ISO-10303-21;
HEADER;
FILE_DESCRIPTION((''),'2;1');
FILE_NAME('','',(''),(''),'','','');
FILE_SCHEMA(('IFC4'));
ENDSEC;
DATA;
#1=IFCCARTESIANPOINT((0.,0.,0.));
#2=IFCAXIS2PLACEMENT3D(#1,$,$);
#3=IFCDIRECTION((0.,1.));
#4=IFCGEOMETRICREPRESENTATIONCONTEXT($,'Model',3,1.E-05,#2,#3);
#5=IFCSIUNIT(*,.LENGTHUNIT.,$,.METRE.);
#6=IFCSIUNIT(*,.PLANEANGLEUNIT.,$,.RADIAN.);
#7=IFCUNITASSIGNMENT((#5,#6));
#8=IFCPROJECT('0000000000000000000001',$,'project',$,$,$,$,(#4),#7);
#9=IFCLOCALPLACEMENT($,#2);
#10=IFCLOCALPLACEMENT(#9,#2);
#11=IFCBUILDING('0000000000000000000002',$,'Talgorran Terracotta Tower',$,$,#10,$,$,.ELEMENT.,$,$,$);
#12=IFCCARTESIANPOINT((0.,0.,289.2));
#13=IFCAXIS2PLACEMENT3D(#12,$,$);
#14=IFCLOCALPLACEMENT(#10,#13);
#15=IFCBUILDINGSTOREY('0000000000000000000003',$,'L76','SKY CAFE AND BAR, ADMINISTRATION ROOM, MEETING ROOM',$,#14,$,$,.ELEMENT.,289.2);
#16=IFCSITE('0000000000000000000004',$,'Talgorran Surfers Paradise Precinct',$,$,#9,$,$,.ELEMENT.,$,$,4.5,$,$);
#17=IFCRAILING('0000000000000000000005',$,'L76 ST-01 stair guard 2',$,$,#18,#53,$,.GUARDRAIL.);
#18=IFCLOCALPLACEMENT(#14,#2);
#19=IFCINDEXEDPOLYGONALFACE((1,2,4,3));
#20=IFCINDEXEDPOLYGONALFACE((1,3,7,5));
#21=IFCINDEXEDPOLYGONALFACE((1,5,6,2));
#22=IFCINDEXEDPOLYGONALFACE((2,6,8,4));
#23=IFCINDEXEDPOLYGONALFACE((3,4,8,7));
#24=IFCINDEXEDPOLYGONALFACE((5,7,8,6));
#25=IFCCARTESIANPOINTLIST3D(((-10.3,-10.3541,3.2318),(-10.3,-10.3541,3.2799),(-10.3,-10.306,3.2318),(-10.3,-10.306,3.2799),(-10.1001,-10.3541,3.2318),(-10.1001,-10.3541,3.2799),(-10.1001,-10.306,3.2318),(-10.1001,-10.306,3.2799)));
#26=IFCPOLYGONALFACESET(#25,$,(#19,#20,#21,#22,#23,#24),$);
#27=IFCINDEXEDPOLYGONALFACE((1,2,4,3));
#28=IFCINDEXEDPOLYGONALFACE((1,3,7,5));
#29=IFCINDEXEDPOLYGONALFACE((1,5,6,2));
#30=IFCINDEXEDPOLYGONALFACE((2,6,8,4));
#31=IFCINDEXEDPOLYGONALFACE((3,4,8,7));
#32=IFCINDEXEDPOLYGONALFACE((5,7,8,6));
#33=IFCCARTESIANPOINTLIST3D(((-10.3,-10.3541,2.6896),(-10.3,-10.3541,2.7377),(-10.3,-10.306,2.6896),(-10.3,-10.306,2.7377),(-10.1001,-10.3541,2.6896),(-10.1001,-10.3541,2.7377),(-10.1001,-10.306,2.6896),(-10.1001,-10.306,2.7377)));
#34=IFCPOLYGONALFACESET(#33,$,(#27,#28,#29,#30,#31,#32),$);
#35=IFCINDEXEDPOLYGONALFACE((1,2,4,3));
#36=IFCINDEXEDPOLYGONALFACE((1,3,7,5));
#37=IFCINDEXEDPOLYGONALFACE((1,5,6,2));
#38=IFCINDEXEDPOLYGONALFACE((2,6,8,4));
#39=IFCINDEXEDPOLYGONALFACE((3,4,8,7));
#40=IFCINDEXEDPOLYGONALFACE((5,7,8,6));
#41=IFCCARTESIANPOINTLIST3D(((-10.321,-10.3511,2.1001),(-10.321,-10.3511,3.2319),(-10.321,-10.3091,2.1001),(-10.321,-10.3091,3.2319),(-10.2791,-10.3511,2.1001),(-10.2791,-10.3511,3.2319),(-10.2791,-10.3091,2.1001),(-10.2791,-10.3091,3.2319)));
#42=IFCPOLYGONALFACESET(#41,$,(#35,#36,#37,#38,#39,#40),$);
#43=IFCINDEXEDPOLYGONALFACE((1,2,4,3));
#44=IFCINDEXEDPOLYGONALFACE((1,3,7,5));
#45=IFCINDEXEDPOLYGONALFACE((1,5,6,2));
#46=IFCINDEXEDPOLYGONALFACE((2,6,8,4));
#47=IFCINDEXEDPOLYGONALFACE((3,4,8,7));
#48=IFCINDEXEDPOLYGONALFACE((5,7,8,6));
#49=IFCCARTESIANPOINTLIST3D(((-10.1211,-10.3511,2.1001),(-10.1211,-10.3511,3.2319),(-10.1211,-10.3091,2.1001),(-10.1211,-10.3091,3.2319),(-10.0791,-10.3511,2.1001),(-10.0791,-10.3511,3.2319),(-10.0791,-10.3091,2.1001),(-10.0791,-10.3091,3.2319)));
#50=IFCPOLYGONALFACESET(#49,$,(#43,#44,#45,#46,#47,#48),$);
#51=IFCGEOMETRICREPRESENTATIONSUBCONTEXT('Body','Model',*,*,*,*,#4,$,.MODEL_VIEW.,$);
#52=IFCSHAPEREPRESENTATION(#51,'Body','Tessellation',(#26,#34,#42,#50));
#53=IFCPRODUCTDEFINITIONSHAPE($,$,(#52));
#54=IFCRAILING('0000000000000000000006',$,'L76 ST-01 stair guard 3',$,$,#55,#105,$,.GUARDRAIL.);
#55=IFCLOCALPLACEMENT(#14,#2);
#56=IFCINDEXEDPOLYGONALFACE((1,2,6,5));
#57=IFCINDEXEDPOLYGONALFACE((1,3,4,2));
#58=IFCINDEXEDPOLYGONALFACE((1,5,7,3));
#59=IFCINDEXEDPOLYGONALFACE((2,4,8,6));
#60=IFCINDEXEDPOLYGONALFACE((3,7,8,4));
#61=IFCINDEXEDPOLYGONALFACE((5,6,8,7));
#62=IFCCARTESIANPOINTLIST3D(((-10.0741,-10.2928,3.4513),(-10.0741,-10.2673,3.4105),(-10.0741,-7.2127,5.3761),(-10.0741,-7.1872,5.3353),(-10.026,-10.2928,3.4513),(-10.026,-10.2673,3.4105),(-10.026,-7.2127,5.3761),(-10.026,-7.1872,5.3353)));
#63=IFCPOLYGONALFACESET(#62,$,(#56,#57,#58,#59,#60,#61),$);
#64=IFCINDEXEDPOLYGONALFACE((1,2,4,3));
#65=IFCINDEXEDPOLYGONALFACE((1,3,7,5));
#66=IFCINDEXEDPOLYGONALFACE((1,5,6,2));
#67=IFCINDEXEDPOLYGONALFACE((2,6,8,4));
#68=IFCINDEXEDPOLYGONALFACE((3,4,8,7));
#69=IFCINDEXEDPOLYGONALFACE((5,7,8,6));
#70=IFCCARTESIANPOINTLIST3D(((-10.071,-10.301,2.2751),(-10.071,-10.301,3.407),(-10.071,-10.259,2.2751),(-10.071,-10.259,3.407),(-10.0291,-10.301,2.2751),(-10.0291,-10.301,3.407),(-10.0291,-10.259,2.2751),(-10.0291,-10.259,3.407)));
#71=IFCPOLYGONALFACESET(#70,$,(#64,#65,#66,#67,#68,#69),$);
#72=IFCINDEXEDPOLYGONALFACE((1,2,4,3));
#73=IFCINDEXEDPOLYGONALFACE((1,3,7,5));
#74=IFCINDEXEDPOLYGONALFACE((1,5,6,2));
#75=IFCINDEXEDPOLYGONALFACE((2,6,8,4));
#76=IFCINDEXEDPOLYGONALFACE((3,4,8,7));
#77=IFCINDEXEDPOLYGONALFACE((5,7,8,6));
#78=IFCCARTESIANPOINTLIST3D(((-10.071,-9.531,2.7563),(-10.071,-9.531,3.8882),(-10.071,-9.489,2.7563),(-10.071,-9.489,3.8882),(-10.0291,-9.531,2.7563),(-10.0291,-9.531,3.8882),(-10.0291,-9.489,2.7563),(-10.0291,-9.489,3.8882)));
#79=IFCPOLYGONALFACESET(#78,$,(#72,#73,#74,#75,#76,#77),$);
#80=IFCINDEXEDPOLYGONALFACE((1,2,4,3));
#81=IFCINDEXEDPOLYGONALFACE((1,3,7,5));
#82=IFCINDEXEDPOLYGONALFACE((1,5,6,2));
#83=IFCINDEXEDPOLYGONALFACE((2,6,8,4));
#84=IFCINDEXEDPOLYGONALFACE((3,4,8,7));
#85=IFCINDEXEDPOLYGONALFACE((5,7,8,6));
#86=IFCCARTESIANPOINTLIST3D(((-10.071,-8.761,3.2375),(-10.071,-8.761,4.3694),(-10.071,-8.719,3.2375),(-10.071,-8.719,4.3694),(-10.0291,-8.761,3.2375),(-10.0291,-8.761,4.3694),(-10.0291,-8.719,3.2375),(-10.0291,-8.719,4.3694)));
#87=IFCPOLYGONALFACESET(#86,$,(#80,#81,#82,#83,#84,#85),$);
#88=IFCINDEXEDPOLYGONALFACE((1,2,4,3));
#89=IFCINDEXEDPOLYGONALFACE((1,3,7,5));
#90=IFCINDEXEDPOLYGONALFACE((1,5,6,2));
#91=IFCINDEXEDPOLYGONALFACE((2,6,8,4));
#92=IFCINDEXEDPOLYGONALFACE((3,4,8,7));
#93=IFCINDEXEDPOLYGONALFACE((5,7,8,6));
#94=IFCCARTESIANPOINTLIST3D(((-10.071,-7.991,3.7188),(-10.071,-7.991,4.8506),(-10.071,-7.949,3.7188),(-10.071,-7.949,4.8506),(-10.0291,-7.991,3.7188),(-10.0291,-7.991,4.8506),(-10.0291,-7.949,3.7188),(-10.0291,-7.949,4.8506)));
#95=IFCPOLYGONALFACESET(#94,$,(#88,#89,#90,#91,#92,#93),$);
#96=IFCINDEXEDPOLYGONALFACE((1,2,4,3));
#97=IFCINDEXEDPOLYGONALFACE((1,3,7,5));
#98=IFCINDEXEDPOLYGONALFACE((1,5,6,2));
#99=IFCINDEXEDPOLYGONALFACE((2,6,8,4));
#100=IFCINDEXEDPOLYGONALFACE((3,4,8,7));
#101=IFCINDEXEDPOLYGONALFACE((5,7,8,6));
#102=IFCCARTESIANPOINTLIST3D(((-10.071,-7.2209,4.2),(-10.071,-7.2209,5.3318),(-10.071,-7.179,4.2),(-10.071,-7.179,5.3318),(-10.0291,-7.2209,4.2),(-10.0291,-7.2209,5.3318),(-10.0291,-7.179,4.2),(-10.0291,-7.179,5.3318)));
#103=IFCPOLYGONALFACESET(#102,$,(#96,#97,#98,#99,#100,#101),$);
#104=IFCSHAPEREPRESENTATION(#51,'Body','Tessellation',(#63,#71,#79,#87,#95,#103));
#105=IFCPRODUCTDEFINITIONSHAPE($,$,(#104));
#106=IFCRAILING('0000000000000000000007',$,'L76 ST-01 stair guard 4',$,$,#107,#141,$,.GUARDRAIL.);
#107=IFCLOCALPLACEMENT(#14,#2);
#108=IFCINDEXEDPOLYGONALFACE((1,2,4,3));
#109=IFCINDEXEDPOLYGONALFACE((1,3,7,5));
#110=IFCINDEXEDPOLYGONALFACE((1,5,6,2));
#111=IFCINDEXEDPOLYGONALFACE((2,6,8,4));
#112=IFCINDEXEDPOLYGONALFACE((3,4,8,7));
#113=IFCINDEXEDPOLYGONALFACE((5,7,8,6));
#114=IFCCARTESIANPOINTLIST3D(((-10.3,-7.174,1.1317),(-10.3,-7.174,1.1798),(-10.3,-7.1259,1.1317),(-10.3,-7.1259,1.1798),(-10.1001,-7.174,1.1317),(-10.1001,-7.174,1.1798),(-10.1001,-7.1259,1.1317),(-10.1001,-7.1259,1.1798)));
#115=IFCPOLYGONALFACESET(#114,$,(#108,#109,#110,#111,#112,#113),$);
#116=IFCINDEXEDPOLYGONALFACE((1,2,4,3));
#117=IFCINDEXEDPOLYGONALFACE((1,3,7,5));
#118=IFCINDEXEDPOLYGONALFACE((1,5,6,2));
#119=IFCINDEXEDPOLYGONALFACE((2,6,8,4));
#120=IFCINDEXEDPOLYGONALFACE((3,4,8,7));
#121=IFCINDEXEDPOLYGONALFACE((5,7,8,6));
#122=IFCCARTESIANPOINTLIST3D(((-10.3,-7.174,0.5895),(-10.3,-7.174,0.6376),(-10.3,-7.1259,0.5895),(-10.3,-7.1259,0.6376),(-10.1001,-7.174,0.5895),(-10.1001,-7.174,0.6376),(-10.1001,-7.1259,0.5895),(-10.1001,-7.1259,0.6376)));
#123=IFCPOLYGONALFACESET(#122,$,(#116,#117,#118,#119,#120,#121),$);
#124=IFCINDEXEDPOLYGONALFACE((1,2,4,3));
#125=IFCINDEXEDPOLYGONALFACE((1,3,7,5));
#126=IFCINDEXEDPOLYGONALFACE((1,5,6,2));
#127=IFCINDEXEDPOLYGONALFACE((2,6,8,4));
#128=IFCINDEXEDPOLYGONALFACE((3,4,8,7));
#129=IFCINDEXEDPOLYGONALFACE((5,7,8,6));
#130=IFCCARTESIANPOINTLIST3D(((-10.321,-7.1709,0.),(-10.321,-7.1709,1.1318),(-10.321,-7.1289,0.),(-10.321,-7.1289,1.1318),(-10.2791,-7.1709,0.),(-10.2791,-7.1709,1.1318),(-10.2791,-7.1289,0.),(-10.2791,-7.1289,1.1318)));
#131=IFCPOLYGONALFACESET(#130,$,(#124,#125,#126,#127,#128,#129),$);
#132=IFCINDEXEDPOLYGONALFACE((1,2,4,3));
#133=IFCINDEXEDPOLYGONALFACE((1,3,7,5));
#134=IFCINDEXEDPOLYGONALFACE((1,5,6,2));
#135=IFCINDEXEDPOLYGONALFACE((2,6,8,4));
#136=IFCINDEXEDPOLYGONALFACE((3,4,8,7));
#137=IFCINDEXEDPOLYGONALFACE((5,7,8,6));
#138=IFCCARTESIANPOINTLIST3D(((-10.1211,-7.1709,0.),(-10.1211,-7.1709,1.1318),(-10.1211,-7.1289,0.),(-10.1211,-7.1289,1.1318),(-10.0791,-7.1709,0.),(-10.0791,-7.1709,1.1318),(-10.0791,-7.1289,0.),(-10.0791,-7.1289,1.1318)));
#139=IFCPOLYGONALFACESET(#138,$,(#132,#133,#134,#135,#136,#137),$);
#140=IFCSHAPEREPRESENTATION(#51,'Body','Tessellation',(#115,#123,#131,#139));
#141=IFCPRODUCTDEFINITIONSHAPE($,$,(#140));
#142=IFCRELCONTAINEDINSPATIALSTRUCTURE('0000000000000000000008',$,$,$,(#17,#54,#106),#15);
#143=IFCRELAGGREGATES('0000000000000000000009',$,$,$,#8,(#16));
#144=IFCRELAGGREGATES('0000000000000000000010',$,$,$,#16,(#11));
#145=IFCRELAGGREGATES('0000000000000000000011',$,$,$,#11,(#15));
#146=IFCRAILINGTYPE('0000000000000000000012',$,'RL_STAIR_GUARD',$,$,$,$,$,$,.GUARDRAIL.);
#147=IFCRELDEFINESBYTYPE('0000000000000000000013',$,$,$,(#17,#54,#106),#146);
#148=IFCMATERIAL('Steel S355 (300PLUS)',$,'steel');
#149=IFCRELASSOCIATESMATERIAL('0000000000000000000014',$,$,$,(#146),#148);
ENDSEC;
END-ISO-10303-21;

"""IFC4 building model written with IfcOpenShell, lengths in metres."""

from ifc_helpers import new_model, si_unit, direction, frame, origin, origin_2d, place, context, subcontext, project, spatial, rectangle, extrude, material, type_object, element, save


model = new_model("IFC4")

# Units and contexts
model_context = context("Model", 3, precision=1e-05, world=origin(), true_north=direction((0.0, 1.0)))
body_context = subcontext(model_context, "Body", "Model", "MODEL_VIEW")
ifc_project = project(units=[si_unit("LENGTHUNIT", "METRE"), si_unit("PLANEANGLEUNIT", "RADIAN")], contexts=[model_context])

# Site, building, storey
site_placement = place(None, origin())
site = spatial("IfcSite", under=ifc_project, at=site_placement, Name="Talgorran Surfers Paradise Precinct", CompositionType="ELEMENT", RefElevation=4.5)
building_placement = place(site_placement, origin())
building = spatial("IfcBuilding", under=site, at=building_placement, Name="Talgorran Terracotta Tower", CompositionType="ELEMENT")
storey_placement = place(building_placement, frame((0.0, 0.0, 289.2)))
storey = spatial("IfcBuildingStorey", under=building, at=storey_placement, Name="L76", Description="SKY CAFE AND BAR, ADMINISTRATION ROOM, MEETING ROOM", CompositionType="ELEMENT", Elevation=289.2)

# Shared definitions
ifc_material_1 = material(Name="Steel S355 (300PLUS)", Category="steel")

# Railings
railing_type_1 = type_object("IfcRailingType", Name="RL_STAIR_GUARD", PredefinedType="GUARDRAIL", material=ifc_material_1)
railing_1_placement = place(storey_placement, frame((-10.3, -10.3301, 2.1001)))
element("IfcRailing", 1, at=railing_1_placement, inside=storey, type_object=railing_type_1, Name="L76 ST-01 stair guard 2", PredefinedType="GUARDRAIL", context=body_context, shape_type="SweptSolid", body=[
    extrude(rectangle(XDim=0.0481, YDim=0.0481, at=origin_2d()), frame((0.0, 0.0, 1.1558), z_axis=(1.0, 0.0, 0.0), x_axis=(0.0, 1.0, 0.0)), (0.0, 0.0, 1.0), 0.2),
    extrude(rectangle(XDim=0.0481, YDim=0.0481, at=origin_2d()), frame((0.0, 0.0, 0.6135), z_axis=(1.0, 0.0, 0.0), x_axis=(0.0, 1.0, 0.0)), (0.0, 0.0, 1.0), 0.2),
    extrude(rectangle(XDim=0.042, YDim=0.042, at=origin_2d()), origin(), (0.0, 0.0, 1.0), 1.1318),
    extrude(rectangle(XDim=0.042, YDim=0.042, at=origin_2d()), frame((0.2, 0.0, 0.0)), (0.0, 0.0, 1.0), 1.1318),
])
railing_2_placement = place(storey_placement, frame((-10.05, -10.28, 2.2751)))
element("IfcRailing", 2, at=railing_2_placement, inside=storey, type_object=railing_type_1, Name="L76 ST-01 stair guard 3", PredefinedType="GUARDRAIL", context=body_context, shape_type="SweptSolid", body=[
    extrude(rectangle(XDim=0.0481, YDim=0.0481, at=origin_2d()), frame((0.0, 0.0, 1.1558), z_axis=(0.0, 0.848029, 0.529951), x_axis=(-1.0, 0.0, 0.0)), (0.0, 0.0, 1.0), 3.6321),
    extrude(rectangle(XDim=0.042, YDim=0.042, at=origin_2d()), origin(), (0.0, 0.0, 1.0), 1.1318),
    extrude(rectangle(XDim=0.042, YDim=0.042, at=origin_2d()), frame((0.0, 0.77, 0.4812)), (0.0, 0.0, 1.0), 1.1318),
    extrude(rectangle(XDim=0.042, YDim=0.042, at=origin_2d()), frame((0.0, 1.54, 0.9624)), (0.0, 0.0, 1.0), 1.1318),
    extrude(rectangle(XDim=0.042, YDim=0.042, at=origin_2d()), frame((0.0, 2.3101, 1.4436)), (0.0, 0.0, 1.0), 1.1318),
    extrude(rectangle(XDim=0.042, YDim=0.042, at=origin_2d()), frame((0.0, 3.0801, 1.9248)), (0.0, 0.0, 1.0), 1.1318),
])
railing_3_placement = place(storey_placement, frame((-10.3, -7.1499, 0.0)))
element("IfcRailing", 3, at=railing_3_placement, inside=storey, type_object=railing_type_1, Name="L76 ST-01 stair guard 4", PredefinedType="GUARDRAIL", context=body_context, shape_type="SweptSolid", body=[
    extrude(rectangle(XDim=0.0481, YDim=0.0481, at=origin_2d()), frame((0.0, 0.0, 1.1558), z_axis=(1.0, 0.0, 0.0), x_axis=(0.0, 1.0, 0.0)), (0.0, 0.0, 1.0), 0.2),
    extrude(rectangle(XDim=0.0481, YDim=0.0481, at=origin_2d()), frame((0.0, 0.0, 0.6135), z_axis=(1.0, 0.0, 0.0), x_axis=(0.0, 1.0, 0.0)), (0.0, 0.0, 1.0), 0.2),
    extrude(rectangle(XDim=0.042, YDim=0.042, at=origin_2d()), origin(), (0.0, 0.0, 1.0), 1.1318),
    extrude(rectangle(XDim=0.042, YDim=0.042, at=origin_2d()), frame((0.2, 0.0, 0.0)), (0.0, 0.0, 1.0), 1.1318),
])

save(model, "model.ifc")
